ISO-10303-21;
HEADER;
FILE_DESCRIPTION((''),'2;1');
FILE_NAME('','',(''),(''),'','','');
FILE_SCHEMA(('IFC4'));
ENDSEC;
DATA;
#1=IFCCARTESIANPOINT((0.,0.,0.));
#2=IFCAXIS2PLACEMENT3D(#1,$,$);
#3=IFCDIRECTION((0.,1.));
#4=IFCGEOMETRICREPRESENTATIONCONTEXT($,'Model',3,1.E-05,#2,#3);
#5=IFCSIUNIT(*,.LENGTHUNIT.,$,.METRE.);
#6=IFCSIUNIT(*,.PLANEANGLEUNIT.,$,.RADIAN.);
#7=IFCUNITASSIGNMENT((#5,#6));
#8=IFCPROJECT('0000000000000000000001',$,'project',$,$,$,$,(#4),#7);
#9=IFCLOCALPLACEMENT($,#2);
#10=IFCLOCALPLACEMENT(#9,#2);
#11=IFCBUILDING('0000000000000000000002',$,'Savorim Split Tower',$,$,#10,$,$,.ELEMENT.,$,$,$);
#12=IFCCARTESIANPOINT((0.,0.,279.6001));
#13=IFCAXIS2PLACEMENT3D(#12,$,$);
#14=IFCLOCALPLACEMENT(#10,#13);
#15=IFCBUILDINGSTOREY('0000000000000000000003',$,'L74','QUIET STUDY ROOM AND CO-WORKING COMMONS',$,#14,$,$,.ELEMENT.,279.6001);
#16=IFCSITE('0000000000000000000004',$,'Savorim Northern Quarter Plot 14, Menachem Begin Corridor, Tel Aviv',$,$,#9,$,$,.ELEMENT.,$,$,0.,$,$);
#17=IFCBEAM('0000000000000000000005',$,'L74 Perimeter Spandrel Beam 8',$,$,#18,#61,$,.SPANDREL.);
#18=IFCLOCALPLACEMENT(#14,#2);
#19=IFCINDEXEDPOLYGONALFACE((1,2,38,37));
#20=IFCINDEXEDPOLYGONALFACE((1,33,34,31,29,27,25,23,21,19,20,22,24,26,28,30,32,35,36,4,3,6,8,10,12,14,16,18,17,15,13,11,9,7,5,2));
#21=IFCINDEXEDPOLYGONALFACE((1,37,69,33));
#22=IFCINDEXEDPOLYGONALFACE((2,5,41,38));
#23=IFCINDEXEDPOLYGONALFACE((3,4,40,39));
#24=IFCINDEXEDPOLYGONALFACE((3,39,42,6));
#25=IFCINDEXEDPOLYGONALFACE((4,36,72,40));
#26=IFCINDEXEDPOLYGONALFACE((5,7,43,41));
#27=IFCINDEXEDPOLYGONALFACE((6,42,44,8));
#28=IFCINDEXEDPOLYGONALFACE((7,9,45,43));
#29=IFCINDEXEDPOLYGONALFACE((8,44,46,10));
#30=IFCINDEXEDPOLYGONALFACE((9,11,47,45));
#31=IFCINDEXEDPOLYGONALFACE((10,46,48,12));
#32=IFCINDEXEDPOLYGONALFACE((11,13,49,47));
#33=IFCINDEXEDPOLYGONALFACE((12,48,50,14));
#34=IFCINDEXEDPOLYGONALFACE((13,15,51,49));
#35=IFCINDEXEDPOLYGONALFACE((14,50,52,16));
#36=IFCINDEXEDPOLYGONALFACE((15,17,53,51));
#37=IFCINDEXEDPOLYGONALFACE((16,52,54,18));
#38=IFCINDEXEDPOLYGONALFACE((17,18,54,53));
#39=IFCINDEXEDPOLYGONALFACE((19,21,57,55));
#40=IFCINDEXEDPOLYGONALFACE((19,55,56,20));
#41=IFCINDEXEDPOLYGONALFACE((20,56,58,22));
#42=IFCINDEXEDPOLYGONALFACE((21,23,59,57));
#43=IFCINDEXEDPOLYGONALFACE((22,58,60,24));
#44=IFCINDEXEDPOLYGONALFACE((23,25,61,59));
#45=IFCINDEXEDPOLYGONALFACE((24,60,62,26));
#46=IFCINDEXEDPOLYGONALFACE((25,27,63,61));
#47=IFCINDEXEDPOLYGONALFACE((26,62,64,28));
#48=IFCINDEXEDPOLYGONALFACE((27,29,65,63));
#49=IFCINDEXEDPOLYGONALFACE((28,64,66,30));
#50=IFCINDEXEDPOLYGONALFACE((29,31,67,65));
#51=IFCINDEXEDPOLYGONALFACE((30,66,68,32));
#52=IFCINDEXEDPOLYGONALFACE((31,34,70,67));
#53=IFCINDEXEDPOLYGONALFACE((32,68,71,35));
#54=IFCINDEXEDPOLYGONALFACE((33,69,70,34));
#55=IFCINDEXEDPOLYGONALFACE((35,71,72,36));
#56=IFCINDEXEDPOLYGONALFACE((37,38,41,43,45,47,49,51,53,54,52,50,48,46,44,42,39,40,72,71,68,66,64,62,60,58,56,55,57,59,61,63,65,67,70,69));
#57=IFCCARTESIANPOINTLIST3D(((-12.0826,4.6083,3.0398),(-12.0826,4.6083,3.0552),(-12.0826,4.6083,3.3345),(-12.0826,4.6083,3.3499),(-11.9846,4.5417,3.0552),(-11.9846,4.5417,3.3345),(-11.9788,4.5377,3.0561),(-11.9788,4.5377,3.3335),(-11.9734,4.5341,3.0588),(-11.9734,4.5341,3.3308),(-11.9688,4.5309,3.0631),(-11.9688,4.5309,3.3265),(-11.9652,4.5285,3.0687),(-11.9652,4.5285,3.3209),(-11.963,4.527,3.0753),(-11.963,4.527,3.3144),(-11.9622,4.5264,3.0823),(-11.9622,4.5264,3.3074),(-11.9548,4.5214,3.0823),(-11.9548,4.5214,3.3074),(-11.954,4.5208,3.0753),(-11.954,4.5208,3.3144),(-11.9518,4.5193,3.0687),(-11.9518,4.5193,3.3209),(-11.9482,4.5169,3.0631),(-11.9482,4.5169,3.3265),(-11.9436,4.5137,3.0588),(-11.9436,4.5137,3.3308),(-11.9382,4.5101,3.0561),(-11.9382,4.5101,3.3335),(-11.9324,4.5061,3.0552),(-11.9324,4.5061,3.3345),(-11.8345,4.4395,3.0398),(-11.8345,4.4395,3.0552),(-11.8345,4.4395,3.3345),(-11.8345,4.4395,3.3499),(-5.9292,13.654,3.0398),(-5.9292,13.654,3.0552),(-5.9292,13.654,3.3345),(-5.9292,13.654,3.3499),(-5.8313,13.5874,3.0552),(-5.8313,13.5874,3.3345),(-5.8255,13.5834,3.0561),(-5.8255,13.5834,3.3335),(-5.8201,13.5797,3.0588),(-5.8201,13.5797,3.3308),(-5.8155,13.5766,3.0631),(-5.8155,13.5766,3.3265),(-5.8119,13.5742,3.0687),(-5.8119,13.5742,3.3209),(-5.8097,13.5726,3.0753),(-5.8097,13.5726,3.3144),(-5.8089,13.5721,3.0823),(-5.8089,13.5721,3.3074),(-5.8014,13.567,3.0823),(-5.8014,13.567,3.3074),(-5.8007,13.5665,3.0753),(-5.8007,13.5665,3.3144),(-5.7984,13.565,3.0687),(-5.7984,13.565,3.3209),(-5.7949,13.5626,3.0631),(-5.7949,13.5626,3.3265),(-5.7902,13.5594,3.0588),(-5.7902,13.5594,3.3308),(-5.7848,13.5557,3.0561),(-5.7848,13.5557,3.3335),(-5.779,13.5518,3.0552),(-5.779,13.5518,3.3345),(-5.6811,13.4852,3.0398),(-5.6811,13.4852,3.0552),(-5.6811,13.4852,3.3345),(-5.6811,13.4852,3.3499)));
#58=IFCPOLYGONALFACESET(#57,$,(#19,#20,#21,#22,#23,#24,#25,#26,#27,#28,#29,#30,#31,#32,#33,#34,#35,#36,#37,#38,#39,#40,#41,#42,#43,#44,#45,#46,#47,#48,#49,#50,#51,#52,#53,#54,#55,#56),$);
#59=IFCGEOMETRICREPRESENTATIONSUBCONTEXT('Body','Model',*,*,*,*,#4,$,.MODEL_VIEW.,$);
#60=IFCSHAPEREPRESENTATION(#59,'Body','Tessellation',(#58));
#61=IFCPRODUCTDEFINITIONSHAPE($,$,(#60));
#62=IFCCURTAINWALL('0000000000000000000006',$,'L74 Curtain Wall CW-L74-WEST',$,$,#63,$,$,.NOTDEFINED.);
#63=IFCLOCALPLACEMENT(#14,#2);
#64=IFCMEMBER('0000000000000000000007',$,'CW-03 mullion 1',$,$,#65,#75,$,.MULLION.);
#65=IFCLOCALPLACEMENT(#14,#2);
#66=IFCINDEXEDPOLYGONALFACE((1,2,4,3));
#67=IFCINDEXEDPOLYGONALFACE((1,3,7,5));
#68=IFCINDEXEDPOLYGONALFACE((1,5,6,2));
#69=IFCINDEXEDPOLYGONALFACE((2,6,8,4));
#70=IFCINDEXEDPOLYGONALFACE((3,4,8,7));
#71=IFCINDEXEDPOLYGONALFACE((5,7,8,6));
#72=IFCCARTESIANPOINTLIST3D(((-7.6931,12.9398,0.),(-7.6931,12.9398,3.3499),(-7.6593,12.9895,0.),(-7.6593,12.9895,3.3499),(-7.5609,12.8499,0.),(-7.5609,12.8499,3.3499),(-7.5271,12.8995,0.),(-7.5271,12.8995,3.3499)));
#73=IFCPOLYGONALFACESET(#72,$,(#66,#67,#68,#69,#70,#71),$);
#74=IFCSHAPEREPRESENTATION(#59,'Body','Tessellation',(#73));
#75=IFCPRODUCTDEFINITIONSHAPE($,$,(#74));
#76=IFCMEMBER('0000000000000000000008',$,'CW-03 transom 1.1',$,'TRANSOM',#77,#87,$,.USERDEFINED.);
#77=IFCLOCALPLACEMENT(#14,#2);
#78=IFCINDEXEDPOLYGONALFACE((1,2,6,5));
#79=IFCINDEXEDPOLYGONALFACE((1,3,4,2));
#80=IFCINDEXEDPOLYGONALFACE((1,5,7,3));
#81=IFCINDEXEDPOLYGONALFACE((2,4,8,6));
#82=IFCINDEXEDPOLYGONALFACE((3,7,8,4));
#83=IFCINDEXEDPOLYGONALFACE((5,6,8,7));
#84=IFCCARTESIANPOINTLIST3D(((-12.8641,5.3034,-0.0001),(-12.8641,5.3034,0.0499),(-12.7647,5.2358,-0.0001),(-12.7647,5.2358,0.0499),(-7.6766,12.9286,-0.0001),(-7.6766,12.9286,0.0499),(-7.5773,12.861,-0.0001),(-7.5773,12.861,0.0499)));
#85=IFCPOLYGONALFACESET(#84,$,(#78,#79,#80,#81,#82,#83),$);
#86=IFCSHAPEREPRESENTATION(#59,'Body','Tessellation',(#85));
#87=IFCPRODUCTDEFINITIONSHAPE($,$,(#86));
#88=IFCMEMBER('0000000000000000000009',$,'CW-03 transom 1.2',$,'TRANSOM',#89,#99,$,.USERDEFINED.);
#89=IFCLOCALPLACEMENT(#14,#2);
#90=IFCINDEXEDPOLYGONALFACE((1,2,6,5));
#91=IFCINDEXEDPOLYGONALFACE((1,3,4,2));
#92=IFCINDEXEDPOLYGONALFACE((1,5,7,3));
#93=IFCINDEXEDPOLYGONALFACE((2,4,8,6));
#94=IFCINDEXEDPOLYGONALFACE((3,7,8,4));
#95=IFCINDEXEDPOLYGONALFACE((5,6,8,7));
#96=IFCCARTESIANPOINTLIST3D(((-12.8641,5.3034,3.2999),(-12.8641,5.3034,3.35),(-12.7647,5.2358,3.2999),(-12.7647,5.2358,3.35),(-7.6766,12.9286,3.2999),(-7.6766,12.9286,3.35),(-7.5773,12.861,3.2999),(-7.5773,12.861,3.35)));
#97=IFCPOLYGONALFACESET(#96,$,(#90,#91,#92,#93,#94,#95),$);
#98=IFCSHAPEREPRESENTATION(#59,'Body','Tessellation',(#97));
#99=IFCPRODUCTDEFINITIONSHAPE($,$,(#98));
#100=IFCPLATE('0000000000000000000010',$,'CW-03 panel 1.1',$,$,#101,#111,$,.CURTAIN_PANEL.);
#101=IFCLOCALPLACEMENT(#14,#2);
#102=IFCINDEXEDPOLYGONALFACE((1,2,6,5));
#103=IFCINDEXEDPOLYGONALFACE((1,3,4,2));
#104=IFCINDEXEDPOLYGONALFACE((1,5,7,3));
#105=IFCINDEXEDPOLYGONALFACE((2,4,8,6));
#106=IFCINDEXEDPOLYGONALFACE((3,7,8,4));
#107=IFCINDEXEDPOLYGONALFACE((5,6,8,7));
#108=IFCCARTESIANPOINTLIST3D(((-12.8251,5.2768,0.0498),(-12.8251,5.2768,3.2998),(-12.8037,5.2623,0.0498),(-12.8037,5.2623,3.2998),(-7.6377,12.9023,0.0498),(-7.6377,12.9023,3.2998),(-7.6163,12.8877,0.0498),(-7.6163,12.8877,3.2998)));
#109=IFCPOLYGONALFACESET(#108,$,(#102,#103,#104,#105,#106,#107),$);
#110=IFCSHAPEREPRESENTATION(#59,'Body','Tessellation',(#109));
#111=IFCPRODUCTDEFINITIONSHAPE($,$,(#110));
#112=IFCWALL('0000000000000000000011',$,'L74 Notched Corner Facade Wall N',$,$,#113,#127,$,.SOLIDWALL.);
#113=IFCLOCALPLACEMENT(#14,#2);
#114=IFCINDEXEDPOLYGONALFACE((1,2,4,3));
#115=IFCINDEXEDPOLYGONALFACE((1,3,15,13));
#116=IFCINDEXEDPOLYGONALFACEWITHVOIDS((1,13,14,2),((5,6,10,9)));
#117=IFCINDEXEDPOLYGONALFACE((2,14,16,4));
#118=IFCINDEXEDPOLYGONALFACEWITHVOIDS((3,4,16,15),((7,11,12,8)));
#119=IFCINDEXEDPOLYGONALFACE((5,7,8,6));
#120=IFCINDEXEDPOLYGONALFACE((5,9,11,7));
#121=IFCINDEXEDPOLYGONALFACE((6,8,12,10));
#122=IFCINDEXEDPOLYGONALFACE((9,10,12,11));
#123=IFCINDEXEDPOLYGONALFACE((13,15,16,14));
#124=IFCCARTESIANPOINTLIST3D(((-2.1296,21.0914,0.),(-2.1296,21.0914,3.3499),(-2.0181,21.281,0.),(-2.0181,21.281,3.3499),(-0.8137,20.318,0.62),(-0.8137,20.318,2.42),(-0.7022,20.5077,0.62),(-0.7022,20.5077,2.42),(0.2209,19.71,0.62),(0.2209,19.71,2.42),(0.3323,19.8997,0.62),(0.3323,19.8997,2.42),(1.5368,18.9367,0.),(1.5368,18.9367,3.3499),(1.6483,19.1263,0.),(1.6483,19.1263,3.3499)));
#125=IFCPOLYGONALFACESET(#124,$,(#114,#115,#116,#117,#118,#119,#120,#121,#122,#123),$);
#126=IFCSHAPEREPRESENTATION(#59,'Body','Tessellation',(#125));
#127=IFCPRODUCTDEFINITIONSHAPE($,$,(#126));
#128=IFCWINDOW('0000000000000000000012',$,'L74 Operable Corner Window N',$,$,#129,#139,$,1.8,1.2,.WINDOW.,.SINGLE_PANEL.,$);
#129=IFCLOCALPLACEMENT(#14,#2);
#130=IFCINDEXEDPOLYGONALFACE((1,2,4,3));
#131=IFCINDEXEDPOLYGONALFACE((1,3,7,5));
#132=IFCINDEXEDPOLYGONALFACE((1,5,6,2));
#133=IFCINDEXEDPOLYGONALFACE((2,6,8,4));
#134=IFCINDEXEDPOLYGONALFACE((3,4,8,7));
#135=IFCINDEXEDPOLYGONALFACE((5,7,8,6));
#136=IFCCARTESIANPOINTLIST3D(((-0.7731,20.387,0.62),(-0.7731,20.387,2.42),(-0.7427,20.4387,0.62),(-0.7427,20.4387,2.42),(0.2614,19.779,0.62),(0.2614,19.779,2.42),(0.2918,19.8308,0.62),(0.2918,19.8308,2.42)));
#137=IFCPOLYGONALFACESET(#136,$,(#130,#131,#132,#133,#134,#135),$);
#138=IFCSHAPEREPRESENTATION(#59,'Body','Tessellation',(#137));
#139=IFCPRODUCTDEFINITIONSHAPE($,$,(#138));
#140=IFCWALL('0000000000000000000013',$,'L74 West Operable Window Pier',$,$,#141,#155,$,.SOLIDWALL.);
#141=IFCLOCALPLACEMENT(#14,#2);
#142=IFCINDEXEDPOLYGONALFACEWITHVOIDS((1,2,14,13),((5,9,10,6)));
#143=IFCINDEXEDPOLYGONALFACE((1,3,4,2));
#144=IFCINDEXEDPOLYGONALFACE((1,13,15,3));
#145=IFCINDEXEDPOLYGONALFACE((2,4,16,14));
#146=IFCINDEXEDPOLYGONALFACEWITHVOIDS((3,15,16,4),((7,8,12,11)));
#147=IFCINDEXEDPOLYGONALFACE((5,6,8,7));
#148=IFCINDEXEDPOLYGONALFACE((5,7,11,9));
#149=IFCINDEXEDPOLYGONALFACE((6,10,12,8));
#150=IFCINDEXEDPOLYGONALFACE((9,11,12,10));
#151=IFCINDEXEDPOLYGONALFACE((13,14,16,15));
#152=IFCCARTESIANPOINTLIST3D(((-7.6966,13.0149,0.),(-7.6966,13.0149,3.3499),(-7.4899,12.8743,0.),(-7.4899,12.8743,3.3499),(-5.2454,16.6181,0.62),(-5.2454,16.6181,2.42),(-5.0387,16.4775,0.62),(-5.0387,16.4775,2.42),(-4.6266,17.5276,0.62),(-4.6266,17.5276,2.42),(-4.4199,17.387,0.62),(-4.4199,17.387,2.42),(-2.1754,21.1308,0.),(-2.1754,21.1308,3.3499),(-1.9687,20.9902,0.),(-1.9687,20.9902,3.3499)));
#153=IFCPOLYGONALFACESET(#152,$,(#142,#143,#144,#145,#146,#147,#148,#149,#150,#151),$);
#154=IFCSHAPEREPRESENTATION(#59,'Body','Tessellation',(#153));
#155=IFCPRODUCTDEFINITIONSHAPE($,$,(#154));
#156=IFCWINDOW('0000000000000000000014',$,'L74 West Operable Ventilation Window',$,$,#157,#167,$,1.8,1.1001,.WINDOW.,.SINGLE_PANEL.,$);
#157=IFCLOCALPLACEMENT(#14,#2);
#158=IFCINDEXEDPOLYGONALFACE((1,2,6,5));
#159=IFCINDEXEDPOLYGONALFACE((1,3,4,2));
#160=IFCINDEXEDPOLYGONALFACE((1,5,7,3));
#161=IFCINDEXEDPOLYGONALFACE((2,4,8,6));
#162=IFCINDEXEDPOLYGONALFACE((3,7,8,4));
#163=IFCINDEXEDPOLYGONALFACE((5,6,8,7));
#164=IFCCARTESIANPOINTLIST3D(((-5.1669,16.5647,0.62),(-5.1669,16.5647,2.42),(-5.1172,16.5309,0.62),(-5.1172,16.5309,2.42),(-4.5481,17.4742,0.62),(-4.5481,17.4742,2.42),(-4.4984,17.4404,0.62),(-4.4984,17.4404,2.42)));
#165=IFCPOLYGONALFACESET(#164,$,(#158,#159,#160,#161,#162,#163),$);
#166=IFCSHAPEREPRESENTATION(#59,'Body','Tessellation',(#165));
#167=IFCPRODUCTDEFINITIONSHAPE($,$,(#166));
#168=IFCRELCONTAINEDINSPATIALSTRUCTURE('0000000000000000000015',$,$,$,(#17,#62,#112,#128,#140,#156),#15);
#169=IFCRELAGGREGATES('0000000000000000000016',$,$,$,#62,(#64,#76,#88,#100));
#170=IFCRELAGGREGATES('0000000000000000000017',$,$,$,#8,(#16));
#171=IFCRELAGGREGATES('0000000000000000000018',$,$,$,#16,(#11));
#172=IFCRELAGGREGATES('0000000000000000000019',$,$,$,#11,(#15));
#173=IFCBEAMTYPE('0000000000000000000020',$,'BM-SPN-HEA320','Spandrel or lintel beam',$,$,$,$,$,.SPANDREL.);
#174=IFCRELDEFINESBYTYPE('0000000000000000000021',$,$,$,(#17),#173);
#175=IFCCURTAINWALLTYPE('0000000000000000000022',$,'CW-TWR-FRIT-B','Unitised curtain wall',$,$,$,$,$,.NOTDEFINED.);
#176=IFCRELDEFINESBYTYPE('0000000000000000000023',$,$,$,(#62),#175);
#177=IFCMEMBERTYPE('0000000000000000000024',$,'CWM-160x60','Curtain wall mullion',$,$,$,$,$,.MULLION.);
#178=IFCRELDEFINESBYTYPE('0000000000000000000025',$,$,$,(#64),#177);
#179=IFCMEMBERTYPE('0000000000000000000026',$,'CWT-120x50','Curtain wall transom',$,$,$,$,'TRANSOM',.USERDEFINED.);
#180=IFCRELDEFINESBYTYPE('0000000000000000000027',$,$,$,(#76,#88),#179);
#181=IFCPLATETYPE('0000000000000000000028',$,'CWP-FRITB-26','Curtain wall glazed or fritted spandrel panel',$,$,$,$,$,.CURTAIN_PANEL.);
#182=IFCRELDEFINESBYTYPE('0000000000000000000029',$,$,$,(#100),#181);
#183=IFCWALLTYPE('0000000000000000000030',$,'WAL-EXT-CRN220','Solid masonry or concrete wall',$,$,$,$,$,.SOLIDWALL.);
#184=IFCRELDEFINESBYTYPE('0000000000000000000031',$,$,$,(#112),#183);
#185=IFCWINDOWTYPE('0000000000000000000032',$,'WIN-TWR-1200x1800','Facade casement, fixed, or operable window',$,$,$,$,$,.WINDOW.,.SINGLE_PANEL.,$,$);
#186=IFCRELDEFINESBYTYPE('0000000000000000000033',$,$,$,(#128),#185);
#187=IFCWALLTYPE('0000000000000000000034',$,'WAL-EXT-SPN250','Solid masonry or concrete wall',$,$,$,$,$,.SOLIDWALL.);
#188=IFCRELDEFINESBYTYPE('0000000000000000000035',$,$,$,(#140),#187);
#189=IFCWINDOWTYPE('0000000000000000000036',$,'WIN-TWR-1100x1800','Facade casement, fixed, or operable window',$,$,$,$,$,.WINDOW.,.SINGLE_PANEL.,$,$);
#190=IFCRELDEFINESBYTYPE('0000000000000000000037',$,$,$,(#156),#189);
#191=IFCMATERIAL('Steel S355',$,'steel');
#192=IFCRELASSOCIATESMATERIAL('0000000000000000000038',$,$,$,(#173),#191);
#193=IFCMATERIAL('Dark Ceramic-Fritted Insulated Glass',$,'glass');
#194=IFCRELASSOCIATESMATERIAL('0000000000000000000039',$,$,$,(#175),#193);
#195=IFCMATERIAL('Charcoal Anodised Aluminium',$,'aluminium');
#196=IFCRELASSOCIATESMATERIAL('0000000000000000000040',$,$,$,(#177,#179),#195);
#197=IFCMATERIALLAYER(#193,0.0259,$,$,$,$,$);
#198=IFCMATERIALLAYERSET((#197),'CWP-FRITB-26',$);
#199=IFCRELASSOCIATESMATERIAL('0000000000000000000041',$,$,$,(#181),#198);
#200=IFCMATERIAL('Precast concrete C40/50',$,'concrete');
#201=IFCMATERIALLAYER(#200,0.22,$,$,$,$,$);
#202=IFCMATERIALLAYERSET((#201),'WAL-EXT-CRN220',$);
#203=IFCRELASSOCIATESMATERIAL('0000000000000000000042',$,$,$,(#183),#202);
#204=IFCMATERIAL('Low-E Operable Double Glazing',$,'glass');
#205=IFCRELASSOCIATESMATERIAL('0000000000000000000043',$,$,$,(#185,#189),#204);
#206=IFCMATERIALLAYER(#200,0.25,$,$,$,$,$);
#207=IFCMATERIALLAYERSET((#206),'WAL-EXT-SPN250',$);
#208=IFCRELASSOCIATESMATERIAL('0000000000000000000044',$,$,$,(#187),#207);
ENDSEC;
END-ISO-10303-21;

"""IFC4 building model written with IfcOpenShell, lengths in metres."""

from ifc_helpers import new_model, si_unit, direction, frame, frame_2d, origin, origin_2d, place, context, subcontext, project, spatial, rectangle, i_section, extrude, material, layer, layer_set, material_profile, profile_set, type_object, element, fill, aggregate, save


model = new_model("IFC4")

# Units and contexts
model_context = context("Model", 3, precision=1e-05, world=origin(), true_north=direction((0.0, 1.0)))
body_context = subcontext(model_context, "Body", "Model", "MODEL_VIEW")
ifc_project = project(units=[si_unit("LENGTHUNIT", "METRE"), si_unit("PLANEANGLEUNIT", "RADIAN")], contexts=[model_context])

# Site, building, storey
site_placement = place(None, origin())
site = spatial("IfcSite", under=ifc_project, at=site_placement, Name="Savorim Northern Quarter Plot 14, Menachem Begin Corridor, Tel Aviv", CompositionType="ELEMENT", RefElevation=0.0)
building_placement = place(site_placement, origin())
building = spatial("IfcBuilding", under=site, at=building_placement, Name="Savorim Split Tower", CompositionType="ELEMENT")
storey_placement = place(building_placement, frame((0.0, 0.0, 279.6001)))
storey = spatial("IfcBuildingStorey", under=building, at=storey_placement, Name="L74", Description="QUIET STUDY ROOM AND CO-WORKING COMMONS", CompositionType="ELEMENT", Elevation=279.6001)

# Shared definitions
ifc_material_1 = material(Name="Steel S355", Category="steel")

# Beam
ifc_material_profile_1 = material_profile(ifc_material_1, i_section(OverallWidth=0.3, OverallDepth=0.3101, WebThickness=0.009, FlangeThickness=0.0154, FilletRadius=0.0271, at=origin_2d()), Name="HEA 320")
ifc_profile_set_1 = profile_set([ifc_material_profile_1], Name="Steel S355")
beam_type_1 = type_object("IfcBeamType", Name="BM-SPN-HEA320", Description="Spandrel or lintel beam", PredefinedType="SPANDREL", material=ifc_profile_set_1)
beam_1_placement = place(storey_placement, frame((-5.8052, 13.5696, 3.1948), z_axis=(-0.562452, -0.82683, 0.0), x_axis=(0.82683, -0.562452, 0.0)))
element("IfcBeam", 1, at=beam_1_placement, inside=storey, type_object=beam_type_1, Name="L74 Perimeter Spandrel Beam 8", PredefinedType="SPANDREL", context=body_context, shape_type="SweptSolid", body=[
    extrude(i_section(OverallWidth=0.3, OverallDepth=0.3101, WebThickness=0.009, FlangeThickness=0.0154, FilletRadius=0.0271, at=origin_2d()), origin(), (0.0, 0.0, 1.0), 10.9402),
])

# Curtain wall, members, plate
ifc_material_2 = material(Name="Dark Ceramic-Fritted Insulated Glass", Category="glass")
curtain_wall_type = type_object("IfcCurtainWallType", Name="CW-TWR-FRIT-B", Description="Unitised curtain wall", PredefinedType="NOTDEFINED", material=ifc_material_2)
curtain_wall_placement = place(storey_placement, origin())
curtain_wall = element("IfcCurtainWall", 2, at=curtain_wall_placement, inside=storey, type_object=curtain_wall_type, Name="L74 Curtain Wall CW-L74-WEST", PredefinedType="NOTDEFINED")
ifc_material_3 = material(Name="Charcoal Anodised Aluminium", Category="aluminium")
ifc_material_profile_2 = material_profile(ifc_material_3, rectangle(XDim=0.1599, YDim=0.0601, at=origin_2d()), Name="ALU-M 160x60")
ifc_profile_set_2 = profile_set([ifc_material_profile_2], Name="Charcoal Anodised Aluminium")
member_type_1 = type_object("IfcMemberType", Name="CWM-160x60", Description="Curtain wall mullion", PredefinedType="MULLION", material=ifc_profile_set_2)
member_1_placement = place(storey_placement, frame((-7.6101, 12.9197, 0.0), z_axis=(0.0, 0.0, 1.0), x_axis=(0.826818, -0.56247, 0.0)))
member_1 = element("IfcMember", 3, at=member_1_placement, type_object=member_type_1, Name="CW-03 mullion 1", PredefinedType="MULLION", context=body_context, shape_type="SweptSolid", body=[
    extrude(rectangle(XDim=0.1599, YDim=0.0601, at=origin_2d()), origin(), (0.0, 0.0, 1.0), 3.3499),
])
ifc_material_profile_3 = material_profile(ifc_material_3, rectangle(XDim=0.1201, YDim=0.05, at=origin_2d()), Name="ALU-T 120x50")
ifc_profile_set_3 = profile_set([ifc_material_profile_3], Name="Charcoal Anodised Aluminium")
member_type_2 = type_object("IfcMemberType", Name="CWT-120x50", Description="Curtain wall transom", ElementType="TRANSOM", PredefinedType="USERDEFINED", material=ifc_profile_set_3)
member_2_placement = place(storey_placement, frame((-7.627, 12.8948, 0.0249), z_axis=(-0.562483, -0.826809, 0.0), x_axis=(0.826809, -0.562483, 0.0)))
member_2 = element("IfcMember", 4, at=member_2_placement, type_object=member_type_2, Name="CW-03 transom 1.1", ObjectType="TRANSOM", PredefinedType="USERDEFINED", context=body_context, shape_type="SweptSolid", body=[
    extrude(rectangle(XDim=0.1201, YDim=0.05, at=origin_2d()), origin(), (0.0, 0.0, 1.0), 9.2224),
])
member_3_placement = place(storey_placement, frame((-7.627, 12.8948, 3.325), z_axis=(-0.562483, -0.826809, 0.0), x_axis=(0.826809, -0.562483, 0.0)))
member_3 = element("IfcMember", 5, at=member_3_placement, type_object=member_type_2, Name="CW-03 transom 1.2", ObjectType="TRANSOM", PredefinedType="USERDEFINED", context=body_context, shape_type="SweptSolid", body=[
    extrude(rectangle(XDim=0.1201, YDim=0.05, at=origin_2d()), origin(), (0.0, 0.0, 1.0), 9.2224),
])
ifc_layer_1 = layer(ifc_material_2, 0.0259)
ifc_layer_set_1 = layer_set([ifc_layer_1], Name="CWP-FRITB-26")
plate_type = type_object("IfcPlateType", Name="CWP-FRITB-26", Description="Curtain wall glazed or fritted spandrel panel", PredefinedType="CURTAIN_PANEL", material=ifc_layer_set_1)
plate_placement = place(storey_placement, frame((-10.2207, 9.0823, 0.0498), z_axis=(0.0, 0.0, 1.0), x_axis=(-0.56247, -0.826818, 0.0)))
plate = element("IfcPlate", 6, at=plate_placement, type_object=plate_type, Name="CW-03 panel 1.1", PredefinedType="CURTAIN_PANEL", context=body_context, shape_type="SweptSolid", body=[
    extrude(rectangle(XDim=9.2227, YDim=0.0259, at=origin_2d()), origin(), (0.0, 0.0, 1.0), 3.25),
])
aggregate(curtain_wall, [member_1, member_2, member_3, plate])

# Walls, openings, windows
ifc_material_4 = material(Name="Precast concrete C40/50", Category="concrete")
ifc_layer_2 = layer(ifc_material_4, 0.22)
ifc_layer_set_2 = layer_set([ifc_layer_2], Name="WAL-EXT-CRN220")
wall_type_1 = type_object("IfcWallType", Name="WAL-EXT-CRN220", Description="Solid masonry or concrete wall", PredefinedType="SOLIDWALL", material=ifc_layer_set_2)
wall_1_placement = place(storey_placement, frame((-2.074, 21.1863, 0.0), z_axis=(0.0, 0.0, 1.0), x_axis=(0.862138, -0.506674, 0.0)))
wall_1 = element("IfcWall", 7, at=wall_1_placement, inside=storey, type_object=wall_type_1, Name="L74 Notched Corner Facade Wall N", PredefinedType="SOLIDWALL", context=body_context, shape_type="SweptSolid", body=[
    extrude(rectangle(XDim=4.2527, YDim=0.22, at=frame_2d((2.1265, 0.0))), origin(), (0.0, 0.0, 1.0), 3.3499),
])
opening_1_placement = place(wall_1_placement, frame((1.5264, 0.0, 0.6201)))
opening_1 = element("IfcOpeningElement", 8, at=opening_1_placement, cuts=wall_1, PredefinedType="OPENING", context=body_context, shape_type="SweptSolid", body=[
    extrude(rectangle(XDim=1.2, YDim=1.8, at=frame_2d((0.6001, 0.8999))), frame((0.0, 0.1199, 0.0), z_axis=(0.0, -1.0, 0.0), x_axis=(1.0, 0.0, 0.0)), (0.0, 0.0, 1.0), 0.24),
])
ifc_material_5 = material(Name="Low-E Operable Double Glazing", Category="glass")
window_type_1 = type_object("IfcWindowType", Name="WIN-TWR-1200x1800", Description="Facade casement, fixed, or operable window", PartitioningType="SINGLE_PANEL", PredefinedType="WINDOW", material=ifc_material_5)
window_1_placement = place(opening_1_placement, origin())
window_1 = element("IfcWindow", 9, at=window_1_placement, inside=storey, type_object=window_type_1, Name="L74 Operable Corner Window N", OverallHeight=1.8, OverallWidth=1.2, PartitioningType="SINGLE_PANEL", PredefinedType="WINDOW", context=body_context, shape_type="SweptSolid", body=[
    extrude(rectangle(XDim=1.2, YDim=1.8, at=frame_2d((0.6001, 0.8999))), frame((0.0, 0.03, 0.0), z_axis=(0.0, -1.0, 0.0), x_axis=(1.0, 0.0, 0.0)), (0.0, 0.0, 1.0), 0.0601),
])
fill(opening_1, window_1)
ifc_layer_3 = layer(ifc_material_4, 0.25)
ifc_layer_set_3 = layer_set([ifc_layer_3], Name="WAL-EXT-SPN250")
wall_type_2 = type_object("IfcWallType", Name="WAL-EXT-SPN250", Description="Solid masonry or concrete wall", PredefinedType="SOLIDWALL", material=ifc_layer_set_3)
wall_2_placement = place(storey_placement, frame((-7.5933, 12.9446, 0.0), z_axis=(0.0, 0.0, 1.0), x_axis=(0.562476, 0.826814, 0.0)))
wall_2 = element("IfcWall", 10, at=wall_2_placement, inside=storey, type_object=wall_type_2, Name="L74 West Operable Window Pier", PredefinedType="SOLIDWALL", context=body_context, shape_type="SweptSolid", body=[
    extrude(rectangle(XDim=9.8159, YDim=0.25, at=frame_2d((4.908, 0.0))), origin(), (0.0, 0.0, 1.0), 3.3499),
])
opening_2_placement = place(wall_2_placement, frame((4.3579, 0.0, 0.6201)))
opening_2 = element("IfcOpeningElement", 11, at=opening_2_placement, cuts=wall_2, PredefinedType="OPENING", context=body_context, shape_type="SweptSolid", body=[
    extrude(rectangle(XDim=1.1001, YDim=1.8, at=frame_2d((0.55, 0.8999))), frame((0.0, 0.135, 0.0), z_axis=(0.0, -1.0, 0.0), x_axis=(1.0, 0.0, 0.0)), (0.0, 0.0, 1.0), 0.27),
])
window_type_2 = type_object("IfcWindowType", Name="WIN-TWR-1100x1800", Description="Facade casement, fixed, or operable window", PartitioningType="SINGLE_PANEL", PredefinedType="WINDOW", material=ifc_material_5)
window_2_placement = place(opening_2_placement, origin())
window_2 = element("IfcWindow", 12, at=window_2_placement, inside=storey, type_object=window_type_2, Name="L74 West Operable Ventilation Window", OverallHeight=1.8, OverallWidth=1.1001, PartitioningType="SINGLE_PANEL", PredefinedType="WINDOW", context=body_context, shape_type="SweptSolid", body=[
    extrude(rectangle(XDim=1.1001, YDim=1.8, at=frame_2d((0.55, 0.8999))), frame((0.0, 0.03, 0.0), z_axis=(0.0, -1.0, 0.0), x_axis=(1.0, 0.0, 0.0)), (0.0, 0.0, 1.0), 0.0601),
])
fill(opening_2, window_2)

save(model, "model.ifc")
